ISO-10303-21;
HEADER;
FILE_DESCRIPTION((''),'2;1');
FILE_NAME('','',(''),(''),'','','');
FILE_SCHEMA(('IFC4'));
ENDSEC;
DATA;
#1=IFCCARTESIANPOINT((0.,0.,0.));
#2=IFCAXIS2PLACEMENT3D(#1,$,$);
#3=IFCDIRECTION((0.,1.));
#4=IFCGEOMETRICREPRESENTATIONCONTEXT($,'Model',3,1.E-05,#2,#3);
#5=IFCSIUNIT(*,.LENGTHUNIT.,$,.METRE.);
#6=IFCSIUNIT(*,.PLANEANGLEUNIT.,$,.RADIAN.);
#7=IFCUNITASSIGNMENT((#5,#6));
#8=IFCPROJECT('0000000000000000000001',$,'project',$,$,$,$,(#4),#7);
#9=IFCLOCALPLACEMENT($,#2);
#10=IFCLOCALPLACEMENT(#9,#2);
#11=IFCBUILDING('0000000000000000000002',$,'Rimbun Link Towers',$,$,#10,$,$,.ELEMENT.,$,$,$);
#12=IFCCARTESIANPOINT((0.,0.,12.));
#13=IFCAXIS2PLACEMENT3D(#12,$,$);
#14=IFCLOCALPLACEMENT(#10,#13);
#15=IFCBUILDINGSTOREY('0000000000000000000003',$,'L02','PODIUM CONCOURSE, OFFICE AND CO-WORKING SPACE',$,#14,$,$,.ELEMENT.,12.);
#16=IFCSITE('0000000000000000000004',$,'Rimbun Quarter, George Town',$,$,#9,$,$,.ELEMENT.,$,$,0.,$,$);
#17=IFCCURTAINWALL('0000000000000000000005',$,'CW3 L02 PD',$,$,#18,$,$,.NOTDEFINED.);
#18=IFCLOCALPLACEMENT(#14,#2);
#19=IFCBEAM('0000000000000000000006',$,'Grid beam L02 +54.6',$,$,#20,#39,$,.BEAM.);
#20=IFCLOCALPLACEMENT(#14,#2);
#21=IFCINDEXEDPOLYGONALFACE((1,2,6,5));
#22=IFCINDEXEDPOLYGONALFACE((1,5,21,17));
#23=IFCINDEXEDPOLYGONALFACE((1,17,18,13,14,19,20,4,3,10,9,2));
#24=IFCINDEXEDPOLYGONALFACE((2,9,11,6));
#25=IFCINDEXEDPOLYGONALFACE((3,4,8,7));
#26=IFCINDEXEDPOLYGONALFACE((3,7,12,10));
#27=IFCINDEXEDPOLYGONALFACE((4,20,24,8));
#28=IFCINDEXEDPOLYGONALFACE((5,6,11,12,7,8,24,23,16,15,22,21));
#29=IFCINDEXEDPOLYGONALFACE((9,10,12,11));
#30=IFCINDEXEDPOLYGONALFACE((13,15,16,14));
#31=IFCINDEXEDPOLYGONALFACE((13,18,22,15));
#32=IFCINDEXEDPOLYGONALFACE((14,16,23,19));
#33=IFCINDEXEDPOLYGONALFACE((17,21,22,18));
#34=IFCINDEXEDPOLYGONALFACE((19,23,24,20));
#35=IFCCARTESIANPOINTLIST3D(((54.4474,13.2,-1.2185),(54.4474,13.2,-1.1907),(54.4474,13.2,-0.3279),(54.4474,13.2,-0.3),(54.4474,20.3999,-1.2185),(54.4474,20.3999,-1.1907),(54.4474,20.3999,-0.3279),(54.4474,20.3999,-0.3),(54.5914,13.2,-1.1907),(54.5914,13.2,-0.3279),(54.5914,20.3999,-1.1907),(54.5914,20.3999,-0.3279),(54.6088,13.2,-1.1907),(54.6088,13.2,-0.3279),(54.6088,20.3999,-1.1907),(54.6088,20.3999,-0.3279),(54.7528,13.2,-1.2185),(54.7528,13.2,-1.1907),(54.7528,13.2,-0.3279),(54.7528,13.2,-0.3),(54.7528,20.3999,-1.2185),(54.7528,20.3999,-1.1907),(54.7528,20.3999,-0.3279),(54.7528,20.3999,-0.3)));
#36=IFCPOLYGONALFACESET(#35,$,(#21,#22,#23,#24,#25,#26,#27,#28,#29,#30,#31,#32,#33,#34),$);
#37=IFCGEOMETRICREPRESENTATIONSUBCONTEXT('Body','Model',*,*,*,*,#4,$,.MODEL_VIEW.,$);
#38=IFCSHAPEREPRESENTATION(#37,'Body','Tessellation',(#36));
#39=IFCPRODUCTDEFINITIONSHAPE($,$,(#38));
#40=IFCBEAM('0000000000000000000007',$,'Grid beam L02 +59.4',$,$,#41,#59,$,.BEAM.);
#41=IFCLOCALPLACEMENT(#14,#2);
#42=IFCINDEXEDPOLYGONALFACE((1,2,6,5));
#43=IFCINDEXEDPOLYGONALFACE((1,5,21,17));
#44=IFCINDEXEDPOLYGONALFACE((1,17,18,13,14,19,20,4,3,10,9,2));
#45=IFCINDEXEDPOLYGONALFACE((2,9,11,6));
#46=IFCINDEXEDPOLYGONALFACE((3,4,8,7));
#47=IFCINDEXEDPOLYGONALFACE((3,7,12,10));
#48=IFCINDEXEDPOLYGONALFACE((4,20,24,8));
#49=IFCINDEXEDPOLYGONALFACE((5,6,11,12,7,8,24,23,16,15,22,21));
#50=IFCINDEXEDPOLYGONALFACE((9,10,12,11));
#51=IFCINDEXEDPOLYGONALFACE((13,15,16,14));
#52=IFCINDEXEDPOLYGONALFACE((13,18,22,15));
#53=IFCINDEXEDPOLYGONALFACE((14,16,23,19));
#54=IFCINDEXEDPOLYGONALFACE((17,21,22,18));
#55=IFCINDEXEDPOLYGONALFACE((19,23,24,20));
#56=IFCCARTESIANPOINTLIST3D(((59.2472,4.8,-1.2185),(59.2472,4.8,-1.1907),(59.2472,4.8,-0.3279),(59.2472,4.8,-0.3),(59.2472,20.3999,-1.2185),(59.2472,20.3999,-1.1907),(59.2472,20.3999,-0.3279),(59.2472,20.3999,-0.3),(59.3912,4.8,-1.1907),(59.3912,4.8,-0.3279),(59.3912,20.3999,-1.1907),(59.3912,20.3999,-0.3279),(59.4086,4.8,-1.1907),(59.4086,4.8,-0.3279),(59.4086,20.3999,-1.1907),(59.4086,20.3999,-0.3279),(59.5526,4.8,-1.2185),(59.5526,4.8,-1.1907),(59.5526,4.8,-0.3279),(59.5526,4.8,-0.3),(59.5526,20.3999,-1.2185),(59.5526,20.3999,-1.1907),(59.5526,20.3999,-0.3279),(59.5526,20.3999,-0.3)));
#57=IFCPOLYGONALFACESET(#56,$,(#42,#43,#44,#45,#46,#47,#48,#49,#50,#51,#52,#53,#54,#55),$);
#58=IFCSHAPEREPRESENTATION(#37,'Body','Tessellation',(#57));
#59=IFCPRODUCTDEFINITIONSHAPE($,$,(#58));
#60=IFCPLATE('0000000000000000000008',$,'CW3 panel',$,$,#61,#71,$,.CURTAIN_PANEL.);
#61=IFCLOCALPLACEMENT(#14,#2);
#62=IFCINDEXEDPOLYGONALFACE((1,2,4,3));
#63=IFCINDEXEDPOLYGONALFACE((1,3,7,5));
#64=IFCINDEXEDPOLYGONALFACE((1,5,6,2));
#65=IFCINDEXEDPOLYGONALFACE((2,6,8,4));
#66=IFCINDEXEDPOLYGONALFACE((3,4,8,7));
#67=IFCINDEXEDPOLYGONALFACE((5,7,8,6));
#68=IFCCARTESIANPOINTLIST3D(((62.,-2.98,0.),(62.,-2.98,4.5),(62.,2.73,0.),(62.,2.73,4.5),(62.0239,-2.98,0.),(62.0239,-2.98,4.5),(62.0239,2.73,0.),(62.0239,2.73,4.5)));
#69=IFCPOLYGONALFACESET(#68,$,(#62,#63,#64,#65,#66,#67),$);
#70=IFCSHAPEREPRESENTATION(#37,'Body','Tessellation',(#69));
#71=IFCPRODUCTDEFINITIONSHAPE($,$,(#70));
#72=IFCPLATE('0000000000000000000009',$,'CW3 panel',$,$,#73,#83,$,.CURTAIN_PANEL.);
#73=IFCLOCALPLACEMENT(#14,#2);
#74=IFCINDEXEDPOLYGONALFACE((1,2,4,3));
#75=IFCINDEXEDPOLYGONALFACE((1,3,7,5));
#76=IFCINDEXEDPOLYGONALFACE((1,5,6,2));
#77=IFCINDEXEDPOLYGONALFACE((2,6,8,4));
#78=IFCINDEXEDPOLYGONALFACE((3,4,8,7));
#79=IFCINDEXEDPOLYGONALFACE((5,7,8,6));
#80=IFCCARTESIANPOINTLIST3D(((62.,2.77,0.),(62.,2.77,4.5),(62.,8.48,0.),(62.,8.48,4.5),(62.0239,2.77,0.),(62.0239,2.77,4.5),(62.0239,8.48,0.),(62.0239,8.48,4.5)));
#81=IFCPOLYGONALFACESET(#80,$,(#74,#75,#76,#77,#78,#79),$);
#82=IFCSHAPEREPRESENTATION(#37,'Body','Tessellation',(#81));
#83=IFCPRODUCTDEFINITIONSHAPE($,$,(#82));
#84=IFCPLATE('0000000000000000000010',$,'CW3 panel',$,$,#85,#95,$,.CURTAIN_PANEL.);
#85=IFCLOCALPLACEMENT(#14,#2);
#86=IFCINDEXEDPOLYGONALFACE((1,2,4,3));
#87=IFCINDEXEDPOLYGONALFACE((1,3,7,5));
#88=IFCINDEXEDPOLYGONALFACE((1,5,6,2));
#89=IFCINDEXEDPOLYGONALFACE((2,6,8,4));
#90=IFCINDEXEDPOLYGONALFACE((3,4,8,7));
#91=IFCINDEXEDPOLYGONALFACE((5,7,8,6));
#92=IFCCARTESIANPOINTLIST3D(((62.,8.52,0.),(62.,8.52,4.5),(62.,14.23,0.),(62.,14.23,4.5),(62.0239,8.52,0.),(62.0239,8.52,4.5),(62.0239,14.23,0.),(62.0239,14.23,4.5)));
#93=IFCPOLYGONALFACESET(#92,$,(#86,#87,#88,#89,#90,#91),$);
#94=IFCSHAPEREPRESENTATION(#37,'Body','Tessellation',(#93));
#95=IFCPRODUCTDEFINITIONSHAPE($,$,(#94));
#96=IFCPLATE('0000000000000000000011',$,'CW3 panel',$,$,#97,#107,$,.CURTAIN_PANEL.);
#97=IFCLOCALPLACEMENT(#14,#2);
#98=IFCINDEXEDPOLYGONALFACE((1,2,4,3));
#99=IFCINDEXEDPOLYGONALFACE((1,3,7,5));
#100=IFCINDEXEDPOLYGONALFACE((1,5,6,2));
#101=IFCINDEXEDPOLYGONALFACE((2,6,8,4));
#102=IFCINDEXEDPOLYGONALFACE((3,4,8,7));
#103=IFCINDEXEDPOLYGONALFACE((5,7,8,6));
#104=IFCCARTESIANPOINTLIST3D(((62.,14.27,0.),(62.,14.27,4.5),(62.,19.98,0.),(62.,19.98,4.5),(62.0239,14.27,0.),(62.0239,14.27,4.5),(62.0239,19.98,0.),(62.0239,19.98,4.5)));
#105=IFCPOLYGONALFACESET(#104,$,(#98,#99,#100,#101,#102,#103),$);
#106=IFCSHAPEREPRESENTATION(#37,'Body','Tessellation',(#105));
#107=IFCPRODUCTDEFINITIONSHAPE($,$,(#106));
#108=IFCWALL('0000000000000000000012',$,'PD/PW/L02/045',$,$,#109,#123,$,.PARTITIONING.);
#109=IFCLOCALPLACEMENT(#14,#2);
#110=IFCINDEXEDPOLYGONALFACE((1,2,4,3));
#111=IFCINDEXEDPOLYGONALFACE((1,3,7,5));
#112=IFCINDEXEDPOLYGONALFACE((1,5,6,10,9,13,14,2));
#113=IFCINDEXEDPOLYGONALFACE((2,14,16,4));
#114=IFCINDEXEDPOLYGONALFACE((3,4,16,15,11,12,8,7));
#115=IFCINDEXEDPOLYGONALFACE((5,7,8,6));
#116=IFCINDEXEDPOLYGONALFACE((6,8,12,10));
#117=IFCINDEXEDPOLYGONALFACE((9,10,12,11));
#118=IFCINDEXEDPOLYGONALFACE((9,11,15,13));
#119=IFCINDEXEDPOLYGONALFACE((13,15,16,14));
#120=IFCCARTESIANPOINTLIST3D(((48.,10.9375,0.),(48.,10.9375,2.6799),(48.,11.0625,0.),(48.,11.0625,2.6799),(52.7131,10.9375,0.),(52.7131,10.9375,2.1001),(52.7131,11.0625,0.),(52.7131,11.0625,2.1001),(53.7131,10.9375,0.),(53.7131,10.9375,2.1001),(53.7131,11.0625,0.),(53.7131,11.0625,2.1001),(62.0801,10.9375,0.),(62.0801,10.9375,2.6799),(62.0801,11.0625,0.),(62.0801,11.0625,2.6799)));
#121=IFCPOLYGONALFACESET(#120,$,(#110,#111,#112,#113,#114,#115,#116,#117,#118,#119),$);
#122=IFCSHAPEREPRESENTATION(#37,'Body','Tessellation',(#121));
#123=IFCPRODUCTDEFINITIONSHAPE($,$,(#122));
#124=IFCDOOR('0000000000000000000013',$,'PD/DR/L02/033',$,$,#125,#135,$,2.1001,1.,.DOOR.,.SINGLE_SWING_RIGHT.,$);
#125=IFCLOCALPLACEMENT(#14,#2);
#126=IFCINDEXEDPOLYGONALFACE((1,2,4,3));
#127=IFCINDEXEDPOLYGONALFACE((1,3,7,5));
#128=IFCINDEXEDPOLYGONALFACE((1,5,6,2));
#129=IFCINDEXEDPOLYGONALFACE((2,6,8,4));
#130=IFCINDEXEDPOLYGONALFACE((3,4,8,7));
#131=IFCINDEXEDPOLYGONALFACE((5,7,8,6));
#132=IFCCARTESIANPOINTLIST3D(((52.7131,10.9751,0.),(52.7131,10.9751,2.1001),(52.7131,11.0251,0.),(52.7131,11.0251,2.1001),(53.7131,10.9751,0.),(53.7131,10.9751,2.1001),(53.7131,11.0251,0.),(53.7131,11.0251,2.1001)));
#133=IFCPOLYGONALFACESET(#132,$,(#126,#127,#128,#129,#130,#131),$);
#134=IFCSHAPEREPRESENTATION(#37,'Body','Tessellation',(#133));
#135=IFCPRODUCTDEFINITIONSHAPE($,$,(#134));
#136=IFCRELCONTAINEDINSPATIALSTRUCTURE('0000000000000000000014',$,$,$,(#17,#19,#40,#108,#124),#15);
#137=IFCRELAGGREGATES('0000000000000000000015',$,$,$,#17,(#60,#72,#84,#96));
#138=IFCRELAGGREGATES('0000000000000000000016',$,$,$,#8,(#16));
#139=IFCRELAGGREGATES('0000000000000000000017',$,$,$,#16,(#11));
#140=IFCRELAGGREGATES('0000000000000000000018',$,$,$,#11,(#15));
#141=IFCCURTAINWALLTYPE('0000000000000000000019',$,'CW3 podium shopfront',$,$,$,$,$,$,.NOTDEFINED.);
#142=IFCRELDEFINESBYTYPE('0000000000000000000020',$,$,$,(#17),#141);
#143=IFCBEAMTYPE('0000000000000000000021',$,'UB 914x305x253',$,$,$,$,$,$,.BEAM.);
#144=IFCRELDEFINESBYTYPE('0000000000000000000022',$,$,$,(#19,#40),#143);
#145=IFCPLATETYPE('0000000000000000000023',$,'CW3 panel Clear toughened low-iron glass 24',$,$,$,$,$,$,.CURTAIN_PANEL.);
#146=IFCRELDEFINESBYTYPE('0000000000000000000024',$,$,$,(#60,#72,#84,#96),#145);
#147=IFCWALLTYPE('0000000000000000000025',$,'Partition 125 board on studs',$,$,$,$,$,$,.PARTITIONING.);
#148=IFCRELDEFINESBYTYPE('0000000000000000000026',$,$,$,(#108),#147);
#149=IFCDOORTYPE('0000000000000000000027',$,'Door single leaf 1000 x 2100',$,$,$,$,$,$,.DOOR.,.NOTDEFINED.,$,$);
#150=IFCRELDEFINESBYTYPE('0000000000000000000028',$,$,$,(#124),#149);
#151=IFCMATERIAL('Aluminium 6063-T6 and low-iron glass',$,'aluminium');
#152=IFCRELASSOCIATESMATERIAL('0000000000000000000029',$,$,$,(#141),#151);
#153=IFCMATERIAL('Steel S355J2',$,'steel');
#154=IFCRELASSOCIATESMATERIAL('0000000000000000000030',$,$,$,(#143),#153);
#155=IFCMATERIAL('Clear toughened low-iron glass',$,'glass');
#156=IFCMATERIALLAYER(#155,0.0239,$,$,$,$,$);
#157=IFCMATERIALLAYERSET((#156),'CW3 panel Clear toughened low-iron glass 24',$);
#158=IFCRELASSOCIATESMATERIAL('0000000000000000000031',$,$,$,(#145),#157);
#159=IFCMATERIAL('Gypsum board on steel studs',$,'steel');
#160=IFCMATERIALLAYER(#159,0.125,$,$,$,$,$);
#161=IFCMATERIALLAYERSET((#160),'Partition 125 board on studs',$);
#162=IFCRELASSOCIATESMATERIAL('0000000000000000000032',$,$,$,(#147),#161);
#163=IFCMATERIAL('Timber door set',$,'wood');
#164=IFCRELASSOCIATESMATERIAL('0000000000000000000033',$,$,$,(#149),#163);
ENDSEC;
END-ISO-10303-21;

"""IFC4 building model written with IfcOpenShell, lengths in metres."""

from ifc_helpers import new_model, si_unit, direction, frame, frame_2d, origin, origin_2d, place, context, subcontext, project, spatial, rectangle, i_section, extrude, material, layer, layer_set, material_profile, profile_set, type_object, element, fill, aggregate, save


model = new_model("IFC4")

# Units and contexts
model_context = context("Model", 3, precision=1e-05, world=origin(), true_north=direction((0.0, 1.0)))
body_context = subcontext(model_context, "Body", "Model", "MODEL_VIEW")
ifc_project = project(units=[si_unit("LENGTHUNIT", "METRE"), si_unit("PLANEANGLEUNIT", "RADIAN")], contexts=[model_context])

# Site, building, storey
site_placement = place(None, origin())
site = spatial("IfcSite", under=ifc_project, at=site_placement, Name="Rimbun Quarter, George Town", CompositionType="ELEMENT", RefElevation=0.0)
building_placement = place(site_placement, origin())
building = spatial("IfcBuilding", under=site, at=building_placement, Name="Rimbun Link Towers", CompositionType="ELEMENT")
storey_placement = place(building_placement, frame((0.0, 0.0, 12.0)))
storey = spatial("IfcBuildingStorey", under=building, at=storey_placement, Name="L02", Description="PODIUM CONCOURSE, OFFICE AND CO-WORKING SPACE", CompositionType="ELEMENT", Elevation=12.0)

# Curtain wall
ifc_material_1 = material(Name="Aluminium 6063-T6 and low-iron glass", Category="aluminium")
curtain_wall_type = type_object("IfcCurtainWallType", Name="CW3 podium shopfront", PredefinedType="NOTDEFINED", material=ifc_material_1)
curtain_wall_placement = place(storey_placement, origin())
curtain_wall = element("IfcCurtainWall", 1, at=curtain_wall_placement, inside=storey, type_object=curtain_wall_type, Name="CW3 L02 PD", PredefinedType="NOTDEFINED")

# Beams
ifc_material_2 = material(Name="Steel S355J2", Category="steel")
ifc_material_profile_1 = material_profile(ifc_material_2, i_section(OverallWidth=0.3054, OverallDepth=0.9185, WebThickness=0.0173, FlangeThickness=0.0278, at=origin_2d()), Name="UB 914x305x253")
ifc_profile_set_1 = profile_set([ifc_material_profile_1], Name="Steel S355J2")
beam_type_1 = type_object("IfcBeamType", Name="UB 914x305x253", PredefinedType="BEAM", material=ifc_profile_set_1)
beam_1_placement = place(storey_placement, frame((54.6001, 13.2, -0.7593), z_axis=(0.0, 1.0, 0.0), x_axis=(-1.0, 0.0, 0.0)))
element("IfcBeam", 2, at=beam_1_placement, inside=storey, type_object=beam_type_1, Name="Grid beam L02 +54.6", PredefinedType="BEAM", context=body_context, shape_type="SweptSolid", body=[
    extrude(i_section(OverallWidth=0.3054, OverallDepth=0.9185, WebThickness=0.0173, FlangeThickness=0.0278, at=origin_2d()), origin(), (0.0, 0.0, 1.0), 7.2),
])
beam_2_placement = place(storey_placement, frame((59.3999, 4.8, -0.7593), z_axis=(0.0, 1.0, 0.0), x_axis=(-1.0, 0.0, 0.0)))
element("IfcBeam", 3, at=beam_2_placement, inside=storey, type_object=beam_type_1, Name="Grid beam L02 +59.4", PredefinedType="BEAM", context=body_context, shape_type="SweptSolid", body=[
    extrude(i_section(OverallWidth=0.3054, OverallDepth=0.9185, WebThickness=0.0173, FlangeThickness=0.0278, at=origin_2d()), origin(), (0.0, 0.0, 1.0), 15.5999),
])

# Plates
ifc_material_3 = material(Name="Clear toughened low-iron glass", Category="glass")
ifc_layer_1 = layer(ifc_material_3, 0.0239)
ifc_layer_set_1 = layer_set([ifc_layer_1], Name="CW3 panel Clear toughened low-iron glass 24")
plate_type = type_object("IfcPlateType", Name="CW3 panel Clear toughened low-iron glass 24", PredefinedType="CURTAIN_PANEL", material=ifc_layer_set_1)
plate_1_placement = place(storey_placement, frame((62.012, -0.125, 0.0), z_axis=(0.0, 0.0, 1.0), x_axis=(0.0, -1.0, 0.0)))
plate_1 = element("IfcPlate", 4, at=plate_1_placement, type_object=plate_type, Name="CW3 panel", PredefinedType="CURTAIN_PANEL", context=body_context, shape_type="SweptSolid", body=[
    extrude(rectangle(XDim=5.71, YDim=0.0239, at=origin_2d()), origin(), (0.0, 0.0, 1.0), 4.5),
])
plate_2_placement = place(storey_placement, frame((62.012, 5.625, 0.0), z_axis=(0.0, 0.0, 1.0), x_axis=(0.0, -1.0, 0.0)))
plate_2 = element("IfcPlate", 5, at=plate_2_placement, type_object=plate_type, Name="CW3 panel", PredefinedType="CURTAIN_PANEL", context=body_context, shape_type="SweptSolid", body=[
    extrude(rectangle(XDim=5.71, YDim=0.0239, at=origin_2d()), origin(), (0.0, 0.0, 1.0), 4.5),
])
plate_3_placement = place(storey_placement, frame((62.012, 11.375, 0.0), z_axis=(0.0, 0.0, 1.0), x_axis=(0.0, -1.0, 0.0)))
plate_3 = element("IfcPlate", 6, at=plate_3_placement, type_object=plate_type, Name="CW3 panel", PredefinedType="CURTAIN_PANEL", context=body_context, shape_type="SweptSolid", body=[
    extrude(rectangle(XDim=5.71, YDim=0.0239, at=origin_2d()), origin(), (0.0, 0.0, 1.0), 4.5),
])
plate_4_placement = place(storey_placement, frame((62.012, 17.125, 0.0), z_axis=(0.0, 0.0, 1.0), x_axis=(0.0, -1.0, 0.0)))
plate_4 = element("IfcPlate", 7, at=plate_4_placement, type_object=plate_type, Name="CW3 panel", PredefinedType="CURTAIN_PANEL", context=body_context, shape_type="SweptSolid", body=[
    extrude(rectangle(XDim=5.71, YDim=0.0239, at=origin_2d()), origin(), (0.0, 0.0, 1.0), 4.5),
])
aggregate(curtain_wall, [plate_1, plate_2, plate_3, plate_4])

# Wall, opening, door
ifc_material_4 = material(Name="Gypsum board on steel studs", Category="steel")
ifc_layer_2 = layer(ifc_material_4, 0.125)
ifc_layer_set_2 = layer_set([ifc_layer_2], Name="Partition 125 board on studs")
wall_type = type_object("IfcWallType", Name="Partition 125 board on studs", PredefinedType="PARTITIONING", material=ifc_layer_set_2)
wall_placement = place(storey_placement, frame((62.0801, 11.0, 0.0), z_axis=(0.0, 0.0, 1.0), x_axis=(-1.0, 0.0, 0.0)))
wall = element("IfcWall", 8, at=wall_placement, inside=storey, type_object=wall_type, Name="PD/PW/L02/045", PredefinedType="PARTITIONING", context=body_context, shape_type="SweptSolid", body=[
    extrude(rectangle(XDim=14.0801, YDim=0.125, at=frame_2d((7.04, 0.0))), origin(), (0.0, 0.0, 1.0), 2.6799),
])
opening_placement = place(wall_placement, frame((8.3669, 0.0, 0.0)))
opening = element("IfcOpeningElement", 9, at=opening_placement, cuts=wall, PredefinedType="OPENING", context=body_context, shape_type="SweptSolid", body=[
    extrude(rectangle(XDim=1.0, YDim=2.1001, at=frame_2d((0.5, 1.05))), frame((0.0, 0.0725, 0.0), z_axis=(0.0, -1.0, 0.0), x_axis=(1.0, 0.0, 0.0)), (0.0, 0.0, 1.0), 0.145),
])
ifc_material_5 = material(Name="Timber door set", Category="wood")
door_type = type_object("IfcDoorType", Name="Door single leaf 1000 x 2100", OperationType="NOTDEFINED", PredefinedType="DOOR", material=ifc_material_5)
door_placement = place(opening_placement, origin())
door = element("IfcDoor", 10, at=door_placement, inside=storey, type_object=door_type, Name="PD/DR/L02/033", OperationType="SINGLE_SWING_RIGHT", OverallHeight=2.1001, OverallWidth=1.0, PredefinedType="DOOR", context=body_context, shape_type="SweptSolid", body=[
    extrude(rectangle(XDim=1.0, YDim=2.1001, at=frame_2d((0.5, 1.05))), frame((0.0, 0.0249, 0.0), z_axis=(0.0, -1.0, 0.0), x_axis=(1.0, 0.0, 0.0)), (0.0, 0.0, 1.0), 0.05),
])
fill(opening, door)

save(model, "model.ifc")
